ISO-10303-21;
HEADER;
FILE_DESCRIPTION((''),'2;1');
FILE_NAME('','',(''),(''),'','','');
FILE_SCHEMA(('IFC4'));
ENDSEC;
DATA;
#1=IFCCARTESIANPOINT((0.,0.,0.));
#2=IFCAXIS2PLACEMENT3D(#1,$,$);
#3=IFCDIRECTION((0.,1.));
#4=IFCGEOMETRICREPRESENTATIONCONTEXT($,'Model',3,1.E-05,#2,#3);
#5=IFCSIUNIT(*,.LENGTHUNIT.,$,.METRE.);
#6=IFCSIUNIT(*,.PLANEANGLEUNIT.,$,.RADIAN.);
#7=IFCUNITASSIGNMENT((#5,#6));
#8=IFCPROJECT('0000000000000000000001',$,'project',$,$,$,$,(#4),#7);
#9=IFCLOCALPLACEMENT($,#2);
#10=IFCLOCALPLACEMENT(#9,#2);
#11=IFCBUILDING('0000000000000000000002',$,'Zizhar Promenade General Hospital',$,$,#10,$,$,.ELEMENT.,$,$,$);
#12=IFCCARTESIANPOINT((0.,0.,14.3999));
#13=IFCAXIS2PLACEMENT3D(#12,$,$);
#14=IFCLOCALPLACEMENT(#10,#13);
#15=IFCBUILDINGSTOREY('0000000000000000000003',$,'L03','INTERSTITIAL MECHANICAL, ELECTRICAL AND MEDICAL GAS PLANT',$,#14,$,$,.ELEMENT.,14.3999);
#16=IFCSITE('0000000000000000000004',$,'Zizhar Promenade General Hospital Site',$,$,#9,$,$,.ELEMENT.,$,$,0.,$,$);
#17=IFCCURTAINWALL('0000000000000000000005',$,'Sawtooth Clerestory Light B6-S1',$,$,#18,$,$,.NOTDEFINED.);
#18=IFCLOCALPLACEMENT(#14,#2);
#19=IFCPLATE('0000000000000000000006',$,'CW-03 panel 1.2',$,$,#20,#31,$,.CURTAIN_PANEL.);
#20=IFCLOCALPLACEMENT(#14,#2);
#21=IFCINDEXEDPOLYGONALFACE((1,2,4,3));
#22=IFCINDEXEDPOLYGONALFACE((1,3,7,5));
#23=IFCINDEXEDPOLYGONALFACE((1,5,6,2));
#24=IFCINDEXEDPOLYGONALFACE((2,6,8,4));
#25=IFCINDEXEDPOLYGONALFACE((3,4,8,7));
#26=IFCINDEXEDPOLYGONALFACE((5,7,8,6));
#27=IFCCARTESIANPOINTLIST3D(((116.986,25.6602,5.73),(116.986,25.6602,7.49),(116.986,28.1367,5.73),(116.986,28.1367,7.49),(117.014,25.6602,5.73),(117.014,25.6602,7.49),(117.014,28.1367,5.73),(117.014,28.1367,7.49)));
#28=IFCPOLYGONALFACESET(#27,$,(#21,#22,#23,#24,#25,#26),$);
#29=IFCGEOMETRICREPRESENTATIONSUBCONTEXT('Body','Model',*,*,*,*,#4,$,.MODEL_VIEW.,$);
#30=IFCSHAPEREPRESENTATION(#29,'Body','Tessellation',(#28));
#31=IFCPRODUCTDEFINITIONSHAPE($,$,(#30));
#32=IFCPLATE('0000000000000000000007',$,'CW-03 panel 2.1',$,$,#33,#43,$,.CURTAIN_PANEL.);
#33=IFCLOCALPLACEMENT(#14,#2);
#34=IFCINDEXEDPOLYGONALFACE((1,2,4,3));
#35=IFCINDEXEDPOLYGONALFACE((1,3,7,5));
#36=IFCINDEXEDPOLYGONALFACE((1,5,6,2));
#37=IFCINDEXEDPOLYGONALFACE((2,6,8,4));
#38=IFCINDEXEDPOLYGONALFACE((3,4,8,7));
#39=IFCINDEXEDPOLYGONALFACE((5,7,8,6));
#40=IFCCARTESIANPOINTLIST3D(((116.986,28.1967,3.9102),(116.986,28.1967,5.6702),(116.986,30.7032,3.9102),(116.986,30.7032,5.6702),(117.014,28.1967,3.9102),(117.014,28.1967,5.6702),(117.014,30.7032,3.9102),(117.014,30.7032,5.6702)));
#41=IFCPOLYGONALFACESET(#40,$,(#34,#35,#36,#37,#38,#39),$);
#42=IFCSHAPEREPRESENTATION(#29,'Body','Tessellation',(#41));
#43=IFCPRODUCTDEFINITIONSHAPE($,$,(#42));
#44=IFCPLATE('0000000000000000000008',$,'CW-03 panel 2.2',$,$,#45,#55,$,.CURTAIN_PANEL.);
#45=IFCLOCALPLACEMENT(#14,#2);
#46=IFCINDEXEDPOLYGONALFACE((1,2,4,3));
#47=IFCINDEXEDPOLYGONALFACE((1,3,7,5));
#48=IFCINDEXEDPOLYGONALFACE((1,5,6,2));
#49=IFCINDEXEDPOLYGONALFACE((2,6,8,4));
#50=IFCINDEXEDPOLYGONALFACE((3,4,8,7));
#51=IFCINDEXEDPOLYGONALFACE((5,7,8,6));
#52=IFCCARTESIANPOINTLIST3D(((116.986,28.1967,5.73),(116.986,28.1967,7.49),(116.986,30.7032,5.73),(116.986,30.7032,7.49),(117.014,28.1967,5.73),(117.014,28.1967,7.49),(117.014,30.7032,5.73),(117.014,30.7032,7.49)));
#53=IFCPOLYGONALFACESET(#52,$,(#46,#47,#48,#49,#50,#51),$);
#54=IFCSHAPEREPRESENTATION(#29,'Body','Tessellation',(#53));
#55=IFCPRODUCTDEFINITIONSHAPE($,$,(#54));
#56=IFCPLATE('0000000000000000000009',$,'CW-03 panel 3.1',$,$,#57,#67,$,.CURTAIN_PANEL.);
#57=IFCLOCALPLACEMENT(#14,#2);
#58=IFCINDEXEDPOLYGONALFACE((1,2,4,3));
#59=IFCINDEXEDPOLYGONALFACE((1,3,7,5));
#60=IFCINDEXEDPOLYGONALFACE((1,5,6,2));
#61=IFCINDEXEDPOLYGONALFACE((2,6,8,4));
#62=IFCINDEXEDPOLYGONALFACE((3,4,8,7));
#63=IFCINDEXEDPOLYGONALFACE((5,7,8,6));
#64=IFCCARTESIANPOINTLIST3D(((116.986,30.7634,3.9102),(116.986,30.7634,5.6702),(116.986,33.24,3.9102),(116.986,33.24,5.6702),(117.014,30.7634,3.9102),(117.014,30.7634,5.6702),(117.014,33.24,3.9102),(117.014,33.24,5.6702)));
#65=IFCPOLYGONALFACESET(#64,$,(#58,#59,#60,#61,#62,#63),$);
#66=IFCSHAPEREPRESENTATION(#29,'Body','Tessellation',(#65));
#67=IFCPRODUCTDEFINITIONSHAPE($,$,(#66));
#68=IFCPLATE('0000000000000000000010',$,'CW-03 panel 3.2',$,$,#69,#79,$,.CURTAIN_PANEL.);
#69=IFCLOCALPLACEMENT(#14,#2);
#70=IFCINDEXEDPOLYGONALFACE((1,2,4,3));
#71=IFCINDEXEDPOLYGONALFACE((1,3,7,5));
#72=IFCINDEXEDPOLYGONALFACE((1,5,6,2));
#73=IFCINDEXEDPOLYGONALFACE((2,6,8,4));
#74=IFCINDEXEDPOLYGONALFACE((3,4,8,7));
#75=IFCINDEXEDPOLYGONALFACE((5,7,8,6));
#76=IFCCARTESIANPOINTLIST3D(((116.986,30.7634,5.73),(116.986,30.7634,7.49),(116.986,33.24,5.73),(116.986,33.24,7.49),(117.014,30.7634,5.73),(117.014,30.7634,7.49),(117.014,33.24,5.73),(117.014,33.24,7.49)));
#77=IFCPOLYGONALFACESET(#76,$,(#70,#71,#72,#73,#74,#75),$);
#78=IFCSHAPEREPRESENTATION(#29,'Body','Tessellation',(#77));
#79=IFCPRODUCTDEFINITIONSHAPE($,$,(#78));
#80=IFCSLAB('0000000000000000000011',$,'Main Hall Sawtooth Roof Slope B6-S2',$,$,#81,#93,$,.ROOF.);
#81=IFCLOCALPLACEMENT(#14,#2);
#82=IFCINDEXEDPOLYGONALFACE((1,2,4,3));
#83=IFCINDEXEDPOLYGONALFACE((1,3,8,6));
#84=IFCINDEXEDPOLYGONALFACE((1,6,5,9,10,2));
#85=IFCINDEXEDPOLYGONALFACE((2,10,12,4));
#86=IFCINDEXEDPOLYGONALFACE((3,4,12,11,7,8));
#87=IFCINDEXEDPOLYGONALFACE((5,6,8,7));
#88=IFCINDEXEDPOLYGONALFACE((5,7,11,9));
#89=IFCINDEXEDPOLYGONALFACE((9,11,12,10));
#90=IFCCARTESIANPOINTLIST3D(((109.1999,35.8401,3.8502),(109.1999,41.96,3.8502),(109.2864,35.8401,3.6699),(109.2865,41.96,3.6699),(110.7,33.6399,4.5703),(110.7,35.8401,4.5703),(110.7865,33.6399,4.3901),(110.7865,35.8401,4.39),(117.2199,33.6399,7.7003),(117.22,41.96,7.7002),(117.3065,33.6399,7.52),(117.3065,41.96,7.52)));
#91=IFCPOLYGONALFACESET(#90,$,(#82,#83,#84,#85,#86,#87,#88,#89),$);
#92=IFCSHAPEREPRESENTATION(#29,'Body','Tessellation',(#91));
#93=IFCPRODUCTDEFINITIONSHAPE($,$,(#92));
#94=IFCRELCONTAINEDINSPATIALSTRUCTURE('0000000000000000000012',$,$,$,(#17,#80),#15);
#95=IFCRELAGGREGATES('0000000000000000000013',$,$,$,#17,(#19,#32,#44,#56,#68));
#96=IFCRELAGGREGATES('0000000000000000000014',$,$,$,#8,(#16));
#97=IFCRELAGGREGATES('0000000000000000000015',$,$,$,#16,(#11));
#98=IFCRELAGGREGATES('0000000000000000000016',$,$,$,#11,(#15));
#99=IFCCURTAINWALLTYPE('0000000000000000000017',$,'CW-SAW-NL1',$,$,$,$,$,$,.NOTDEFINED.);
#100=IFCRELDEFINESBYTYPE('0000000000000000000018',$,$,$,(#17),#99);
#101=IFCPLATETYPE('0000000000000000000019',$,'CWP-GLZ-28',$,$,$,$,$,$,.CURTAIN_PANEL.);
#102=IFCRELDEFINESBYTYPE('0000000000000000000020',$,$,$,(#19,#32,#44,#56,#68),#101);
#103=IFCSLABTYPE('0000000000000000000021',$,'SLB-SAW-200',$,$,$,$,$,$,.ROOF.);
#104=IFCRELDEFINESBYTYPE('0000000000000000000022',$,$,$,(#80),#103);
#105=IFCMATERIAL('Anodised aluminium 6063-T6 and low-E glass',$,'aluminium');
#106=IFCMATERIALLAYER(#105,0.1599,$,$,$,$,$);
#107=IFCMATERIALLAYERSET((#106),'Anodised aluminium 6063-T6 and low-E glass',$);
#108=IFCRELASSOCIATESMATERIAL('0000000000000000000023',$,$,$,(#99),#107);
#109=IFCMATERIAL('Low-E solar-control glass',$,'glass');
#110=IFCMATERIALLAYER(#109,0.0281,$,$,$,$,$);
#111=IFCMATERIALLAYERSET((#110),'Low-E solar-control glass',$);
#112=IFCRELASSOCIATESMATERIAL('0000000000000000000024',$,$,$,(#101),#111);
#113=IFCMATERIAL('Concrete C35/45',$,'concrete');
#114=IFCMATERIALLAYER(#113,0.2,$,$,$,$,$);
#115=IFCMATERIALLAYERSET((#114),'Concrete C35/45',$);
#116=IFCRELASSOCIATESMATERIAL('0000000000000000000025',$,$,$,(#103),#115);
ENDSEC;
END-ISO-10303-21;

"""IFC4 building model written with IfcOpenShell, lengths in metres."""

from ifc_helpers import new_model, si_unit, direction, frame, origin, origin_2d, place, context, subcontext, project, spatial, polyline, rectangle, outline, extrude, material, layer, layer_set, type_object, element, aggregate, save


model = new_model("IFC4")

# Units and contexts
model_context = context("Model", 3, precision=1e-05, world=origin(), true_north=direction((0.0, 1.0)))
body_context = subcontext(model_context, "Body", "Model", "MODEL_VIEW")
ifc_project = project(units=[si_unit("LENGTHUNIT", "METRE"), si_unit("PLANEANGLEUNIT", "RADIAN")], contexts=[model_context])

# Site, building, storey
site_placement = place(None, origin())
site = spatial("IfcSite", under=ifc_project, at=site_placement, Name="Zizhar Promenade General Hospital Site", CompositionType="ELEMENT", RefElevation=0.0)
building_placement = place(site_placement, origin())
building = spatial("IfcBuilding", under=site, at=building_placement, Name="Zizhar Promenade General Hospital", CompositionType="ELEMENT")
storey_placement = place(building_placement, frame((0.0, 0.0, 14.3999)))
storey = spatial("IfcBuildingStorey", under=building, at=storey_placement, Name="L03", Description="INTERSTITIAL MECHANICAL, ELECTRICAL AND MEDICAL GAS PLANT", CompositionType="ELEMENT", Elevation=14.3999)

# Curtain wall
ifc_material_1 = material(Name="Anodised aluminium 6063-T6 and low-E glass", Category="aluminium")
ifc_layer_1 = layer(ifc_material_1, 0.1599)
ifc_layer_set_1 = layer_set([ifc_layer_1], Name="Anodised aluminium 6063-T6 and low-E glass")
curtain_wall_type = type_object("IfcCurtainWallType", Name="CW-SAW-NL1", PredefinedType="NOTDEFINED", material=ifc_layer_set_1)
curtain_wall_placement = place(storey_placement, origin())
curtain_wall = element("IfcCurtainWall", 1, at=curtain_wall_placement, inside=storey, type_object=curtain_wall_type, Name="Sawtooth Clerestory Light B6-S1", PredefinedType="NOTDEFINED")

# Plates
ifc_material_2 = material(Name="Low-E solar-control glass", Category="glass")
ifc_layer_2 = layer(ifc_material_2, 0.0281)
ifc_layer_set_2 = layer_set([ifc_layer_2], Name="Low-E solar-control glass")
plate_type = type_object("IfcPlateType", Name="CWP-GLZ-28", PredefinedType="CURTAIN_PANEL", material=ifc_layer_set_2)
plate_1_placement = place(storey_placement, frame((117.0, 26.8984, 5.73), z_axis=(0.0, 0.0, 1.0), x_axis=(0.0, 1.0, 0.0)))
plate_1 = element("IfcPlate", 2, at=plate_1_placement, type_object=plate_type, Name="CW-03 panel 1.2", PredefinedType="CURTAIN_PANEL", context=body_context, shape_type="SweptSolid", body=[
    extrude(rectangle(XDim=2.4766, YDim=0.0281, at=origin_2d()), origin(), (0.0, 0.0, 1.0), 1.76),
])
plate_2_placement = place(storey_placement, frame((117.0, 29.45, 3.9102), z_axis=(0.0, 0.0, 1.0), x_axis=(0.0, 1.0, 0.0)))
plate_2 = element("IfcPlate", 3, at=plate_2_placement, type_object=plate_type, Name="CW-03 panel 2.1", PredefinedType="CURTAIN_PANEL", context=body_context, shape_type="SweptSolid", body=[
    extrude(rectangle(XDim=2.5066, YDim=0.0281, at=origin_2d()), origin(), (0.0, 0.0, 1.0), 1.76),
])
plate_3_placement = place(storey_placement, frame((117.0, 29.45, 5.73), z_axis=(0.0, 0.0, 1.0), x_axis=(0.0, 1.0, 0.0)))
plate_3 = element("IfcPlate", 4, at=plate_3_placement, type_object=plate_type, Name="CW-03 panel 2.2", PredefinedType="CURTAIN_PANEL", context=body_context, shape_type="SweptSolid", body=[
    extrude(rectangle(XDim=2.5066, YDim=0.0281, at=origin_2d()), origin(), (0.0, 0.0, 1.0), 1.76),
])
plate_4_placement = place(storey_placement, frame((117.0, 32.0017, 3.9102), z_axis=(0.0, 0.0, 1.0), x_axis=(0.0, 1.0, 0.0)))
plate_4 = element("IfcPlate", 5, at=plate_4_placement, type_object=plate_type, Name="CW-03 panel 3.1", PredefinedType="CURTAIN_PANEL", context=body_context, shape_type="SweptSolid", body=[
    extrude(rectangle(XDim=2.4766, YDim=0.0281, at=origin_2d()), origin(), (0.0, 0.0, 1.0), 1.76),
])
plate_5_placement = place(storey_placement, frame((117.0, 32.0017, 5.73), z_axis=(0.0, 0.0, 1.0), x_axis=(0.0, 1.0, 0.0)))
plate_5 = element("IfcPlate", 6, at=plate_5_placement, type_object=plate_type, Name="CW-03 panel 3.2", PredefinedType="CURTAIN_PANEL", context=body_context, shape_type="SweptSolid", body=[
    extrude(rectangle(XDim=2.4766, YDim=0.0281, at=origin_2d()), origin(), (0.0, 0.0, 1.0), 1.76),
])
aggregate(curtain_wall, [plate_1, plate_2, plate_3, plate_4, plate_5])

# Slab
ifc_material_3 = material(Name="Concrete C35/45", Category="concrete")
ifc_layer_3 = layer(ifc_material_3, 0.2)
ifc_layer_set_3 = layer_set([ifc_layer_3], Name="Concrete C35/45")
slab_type = type_object("IfcSlabType", Name="SLB-SAW-200", PredefinedType="ROOF", material=ifc_layer_set_3)
slab_placement = place(storey_placement, frame((110.7, 33.6399, 4.5703), z_axis=(-0.432773, 0.000007, 0.901503), x_axis=(0.901503, 0.0, 0.432773)))
element("IfcSlab", 7, at=slab_placement, inside=storey, type_object=slab_type, Name="Main Hall Sawtooth Roof Slope B6-S2", PredefinedType="ROOF", context=body_context, shape_type="SweptSolid", body=[
    extrude(outline(polyline([(0.0, 0.0), (7.2323, 0.0), (7.2323, 8.3201), (-1.6639, 8.3201), (-1.6639, 2.2002), (0.0, 2.2002), (0.0, 0.0)])), origin(), (0.0, 0.0, -1.0), 0.2),
])

save(model, "model.ifc")
